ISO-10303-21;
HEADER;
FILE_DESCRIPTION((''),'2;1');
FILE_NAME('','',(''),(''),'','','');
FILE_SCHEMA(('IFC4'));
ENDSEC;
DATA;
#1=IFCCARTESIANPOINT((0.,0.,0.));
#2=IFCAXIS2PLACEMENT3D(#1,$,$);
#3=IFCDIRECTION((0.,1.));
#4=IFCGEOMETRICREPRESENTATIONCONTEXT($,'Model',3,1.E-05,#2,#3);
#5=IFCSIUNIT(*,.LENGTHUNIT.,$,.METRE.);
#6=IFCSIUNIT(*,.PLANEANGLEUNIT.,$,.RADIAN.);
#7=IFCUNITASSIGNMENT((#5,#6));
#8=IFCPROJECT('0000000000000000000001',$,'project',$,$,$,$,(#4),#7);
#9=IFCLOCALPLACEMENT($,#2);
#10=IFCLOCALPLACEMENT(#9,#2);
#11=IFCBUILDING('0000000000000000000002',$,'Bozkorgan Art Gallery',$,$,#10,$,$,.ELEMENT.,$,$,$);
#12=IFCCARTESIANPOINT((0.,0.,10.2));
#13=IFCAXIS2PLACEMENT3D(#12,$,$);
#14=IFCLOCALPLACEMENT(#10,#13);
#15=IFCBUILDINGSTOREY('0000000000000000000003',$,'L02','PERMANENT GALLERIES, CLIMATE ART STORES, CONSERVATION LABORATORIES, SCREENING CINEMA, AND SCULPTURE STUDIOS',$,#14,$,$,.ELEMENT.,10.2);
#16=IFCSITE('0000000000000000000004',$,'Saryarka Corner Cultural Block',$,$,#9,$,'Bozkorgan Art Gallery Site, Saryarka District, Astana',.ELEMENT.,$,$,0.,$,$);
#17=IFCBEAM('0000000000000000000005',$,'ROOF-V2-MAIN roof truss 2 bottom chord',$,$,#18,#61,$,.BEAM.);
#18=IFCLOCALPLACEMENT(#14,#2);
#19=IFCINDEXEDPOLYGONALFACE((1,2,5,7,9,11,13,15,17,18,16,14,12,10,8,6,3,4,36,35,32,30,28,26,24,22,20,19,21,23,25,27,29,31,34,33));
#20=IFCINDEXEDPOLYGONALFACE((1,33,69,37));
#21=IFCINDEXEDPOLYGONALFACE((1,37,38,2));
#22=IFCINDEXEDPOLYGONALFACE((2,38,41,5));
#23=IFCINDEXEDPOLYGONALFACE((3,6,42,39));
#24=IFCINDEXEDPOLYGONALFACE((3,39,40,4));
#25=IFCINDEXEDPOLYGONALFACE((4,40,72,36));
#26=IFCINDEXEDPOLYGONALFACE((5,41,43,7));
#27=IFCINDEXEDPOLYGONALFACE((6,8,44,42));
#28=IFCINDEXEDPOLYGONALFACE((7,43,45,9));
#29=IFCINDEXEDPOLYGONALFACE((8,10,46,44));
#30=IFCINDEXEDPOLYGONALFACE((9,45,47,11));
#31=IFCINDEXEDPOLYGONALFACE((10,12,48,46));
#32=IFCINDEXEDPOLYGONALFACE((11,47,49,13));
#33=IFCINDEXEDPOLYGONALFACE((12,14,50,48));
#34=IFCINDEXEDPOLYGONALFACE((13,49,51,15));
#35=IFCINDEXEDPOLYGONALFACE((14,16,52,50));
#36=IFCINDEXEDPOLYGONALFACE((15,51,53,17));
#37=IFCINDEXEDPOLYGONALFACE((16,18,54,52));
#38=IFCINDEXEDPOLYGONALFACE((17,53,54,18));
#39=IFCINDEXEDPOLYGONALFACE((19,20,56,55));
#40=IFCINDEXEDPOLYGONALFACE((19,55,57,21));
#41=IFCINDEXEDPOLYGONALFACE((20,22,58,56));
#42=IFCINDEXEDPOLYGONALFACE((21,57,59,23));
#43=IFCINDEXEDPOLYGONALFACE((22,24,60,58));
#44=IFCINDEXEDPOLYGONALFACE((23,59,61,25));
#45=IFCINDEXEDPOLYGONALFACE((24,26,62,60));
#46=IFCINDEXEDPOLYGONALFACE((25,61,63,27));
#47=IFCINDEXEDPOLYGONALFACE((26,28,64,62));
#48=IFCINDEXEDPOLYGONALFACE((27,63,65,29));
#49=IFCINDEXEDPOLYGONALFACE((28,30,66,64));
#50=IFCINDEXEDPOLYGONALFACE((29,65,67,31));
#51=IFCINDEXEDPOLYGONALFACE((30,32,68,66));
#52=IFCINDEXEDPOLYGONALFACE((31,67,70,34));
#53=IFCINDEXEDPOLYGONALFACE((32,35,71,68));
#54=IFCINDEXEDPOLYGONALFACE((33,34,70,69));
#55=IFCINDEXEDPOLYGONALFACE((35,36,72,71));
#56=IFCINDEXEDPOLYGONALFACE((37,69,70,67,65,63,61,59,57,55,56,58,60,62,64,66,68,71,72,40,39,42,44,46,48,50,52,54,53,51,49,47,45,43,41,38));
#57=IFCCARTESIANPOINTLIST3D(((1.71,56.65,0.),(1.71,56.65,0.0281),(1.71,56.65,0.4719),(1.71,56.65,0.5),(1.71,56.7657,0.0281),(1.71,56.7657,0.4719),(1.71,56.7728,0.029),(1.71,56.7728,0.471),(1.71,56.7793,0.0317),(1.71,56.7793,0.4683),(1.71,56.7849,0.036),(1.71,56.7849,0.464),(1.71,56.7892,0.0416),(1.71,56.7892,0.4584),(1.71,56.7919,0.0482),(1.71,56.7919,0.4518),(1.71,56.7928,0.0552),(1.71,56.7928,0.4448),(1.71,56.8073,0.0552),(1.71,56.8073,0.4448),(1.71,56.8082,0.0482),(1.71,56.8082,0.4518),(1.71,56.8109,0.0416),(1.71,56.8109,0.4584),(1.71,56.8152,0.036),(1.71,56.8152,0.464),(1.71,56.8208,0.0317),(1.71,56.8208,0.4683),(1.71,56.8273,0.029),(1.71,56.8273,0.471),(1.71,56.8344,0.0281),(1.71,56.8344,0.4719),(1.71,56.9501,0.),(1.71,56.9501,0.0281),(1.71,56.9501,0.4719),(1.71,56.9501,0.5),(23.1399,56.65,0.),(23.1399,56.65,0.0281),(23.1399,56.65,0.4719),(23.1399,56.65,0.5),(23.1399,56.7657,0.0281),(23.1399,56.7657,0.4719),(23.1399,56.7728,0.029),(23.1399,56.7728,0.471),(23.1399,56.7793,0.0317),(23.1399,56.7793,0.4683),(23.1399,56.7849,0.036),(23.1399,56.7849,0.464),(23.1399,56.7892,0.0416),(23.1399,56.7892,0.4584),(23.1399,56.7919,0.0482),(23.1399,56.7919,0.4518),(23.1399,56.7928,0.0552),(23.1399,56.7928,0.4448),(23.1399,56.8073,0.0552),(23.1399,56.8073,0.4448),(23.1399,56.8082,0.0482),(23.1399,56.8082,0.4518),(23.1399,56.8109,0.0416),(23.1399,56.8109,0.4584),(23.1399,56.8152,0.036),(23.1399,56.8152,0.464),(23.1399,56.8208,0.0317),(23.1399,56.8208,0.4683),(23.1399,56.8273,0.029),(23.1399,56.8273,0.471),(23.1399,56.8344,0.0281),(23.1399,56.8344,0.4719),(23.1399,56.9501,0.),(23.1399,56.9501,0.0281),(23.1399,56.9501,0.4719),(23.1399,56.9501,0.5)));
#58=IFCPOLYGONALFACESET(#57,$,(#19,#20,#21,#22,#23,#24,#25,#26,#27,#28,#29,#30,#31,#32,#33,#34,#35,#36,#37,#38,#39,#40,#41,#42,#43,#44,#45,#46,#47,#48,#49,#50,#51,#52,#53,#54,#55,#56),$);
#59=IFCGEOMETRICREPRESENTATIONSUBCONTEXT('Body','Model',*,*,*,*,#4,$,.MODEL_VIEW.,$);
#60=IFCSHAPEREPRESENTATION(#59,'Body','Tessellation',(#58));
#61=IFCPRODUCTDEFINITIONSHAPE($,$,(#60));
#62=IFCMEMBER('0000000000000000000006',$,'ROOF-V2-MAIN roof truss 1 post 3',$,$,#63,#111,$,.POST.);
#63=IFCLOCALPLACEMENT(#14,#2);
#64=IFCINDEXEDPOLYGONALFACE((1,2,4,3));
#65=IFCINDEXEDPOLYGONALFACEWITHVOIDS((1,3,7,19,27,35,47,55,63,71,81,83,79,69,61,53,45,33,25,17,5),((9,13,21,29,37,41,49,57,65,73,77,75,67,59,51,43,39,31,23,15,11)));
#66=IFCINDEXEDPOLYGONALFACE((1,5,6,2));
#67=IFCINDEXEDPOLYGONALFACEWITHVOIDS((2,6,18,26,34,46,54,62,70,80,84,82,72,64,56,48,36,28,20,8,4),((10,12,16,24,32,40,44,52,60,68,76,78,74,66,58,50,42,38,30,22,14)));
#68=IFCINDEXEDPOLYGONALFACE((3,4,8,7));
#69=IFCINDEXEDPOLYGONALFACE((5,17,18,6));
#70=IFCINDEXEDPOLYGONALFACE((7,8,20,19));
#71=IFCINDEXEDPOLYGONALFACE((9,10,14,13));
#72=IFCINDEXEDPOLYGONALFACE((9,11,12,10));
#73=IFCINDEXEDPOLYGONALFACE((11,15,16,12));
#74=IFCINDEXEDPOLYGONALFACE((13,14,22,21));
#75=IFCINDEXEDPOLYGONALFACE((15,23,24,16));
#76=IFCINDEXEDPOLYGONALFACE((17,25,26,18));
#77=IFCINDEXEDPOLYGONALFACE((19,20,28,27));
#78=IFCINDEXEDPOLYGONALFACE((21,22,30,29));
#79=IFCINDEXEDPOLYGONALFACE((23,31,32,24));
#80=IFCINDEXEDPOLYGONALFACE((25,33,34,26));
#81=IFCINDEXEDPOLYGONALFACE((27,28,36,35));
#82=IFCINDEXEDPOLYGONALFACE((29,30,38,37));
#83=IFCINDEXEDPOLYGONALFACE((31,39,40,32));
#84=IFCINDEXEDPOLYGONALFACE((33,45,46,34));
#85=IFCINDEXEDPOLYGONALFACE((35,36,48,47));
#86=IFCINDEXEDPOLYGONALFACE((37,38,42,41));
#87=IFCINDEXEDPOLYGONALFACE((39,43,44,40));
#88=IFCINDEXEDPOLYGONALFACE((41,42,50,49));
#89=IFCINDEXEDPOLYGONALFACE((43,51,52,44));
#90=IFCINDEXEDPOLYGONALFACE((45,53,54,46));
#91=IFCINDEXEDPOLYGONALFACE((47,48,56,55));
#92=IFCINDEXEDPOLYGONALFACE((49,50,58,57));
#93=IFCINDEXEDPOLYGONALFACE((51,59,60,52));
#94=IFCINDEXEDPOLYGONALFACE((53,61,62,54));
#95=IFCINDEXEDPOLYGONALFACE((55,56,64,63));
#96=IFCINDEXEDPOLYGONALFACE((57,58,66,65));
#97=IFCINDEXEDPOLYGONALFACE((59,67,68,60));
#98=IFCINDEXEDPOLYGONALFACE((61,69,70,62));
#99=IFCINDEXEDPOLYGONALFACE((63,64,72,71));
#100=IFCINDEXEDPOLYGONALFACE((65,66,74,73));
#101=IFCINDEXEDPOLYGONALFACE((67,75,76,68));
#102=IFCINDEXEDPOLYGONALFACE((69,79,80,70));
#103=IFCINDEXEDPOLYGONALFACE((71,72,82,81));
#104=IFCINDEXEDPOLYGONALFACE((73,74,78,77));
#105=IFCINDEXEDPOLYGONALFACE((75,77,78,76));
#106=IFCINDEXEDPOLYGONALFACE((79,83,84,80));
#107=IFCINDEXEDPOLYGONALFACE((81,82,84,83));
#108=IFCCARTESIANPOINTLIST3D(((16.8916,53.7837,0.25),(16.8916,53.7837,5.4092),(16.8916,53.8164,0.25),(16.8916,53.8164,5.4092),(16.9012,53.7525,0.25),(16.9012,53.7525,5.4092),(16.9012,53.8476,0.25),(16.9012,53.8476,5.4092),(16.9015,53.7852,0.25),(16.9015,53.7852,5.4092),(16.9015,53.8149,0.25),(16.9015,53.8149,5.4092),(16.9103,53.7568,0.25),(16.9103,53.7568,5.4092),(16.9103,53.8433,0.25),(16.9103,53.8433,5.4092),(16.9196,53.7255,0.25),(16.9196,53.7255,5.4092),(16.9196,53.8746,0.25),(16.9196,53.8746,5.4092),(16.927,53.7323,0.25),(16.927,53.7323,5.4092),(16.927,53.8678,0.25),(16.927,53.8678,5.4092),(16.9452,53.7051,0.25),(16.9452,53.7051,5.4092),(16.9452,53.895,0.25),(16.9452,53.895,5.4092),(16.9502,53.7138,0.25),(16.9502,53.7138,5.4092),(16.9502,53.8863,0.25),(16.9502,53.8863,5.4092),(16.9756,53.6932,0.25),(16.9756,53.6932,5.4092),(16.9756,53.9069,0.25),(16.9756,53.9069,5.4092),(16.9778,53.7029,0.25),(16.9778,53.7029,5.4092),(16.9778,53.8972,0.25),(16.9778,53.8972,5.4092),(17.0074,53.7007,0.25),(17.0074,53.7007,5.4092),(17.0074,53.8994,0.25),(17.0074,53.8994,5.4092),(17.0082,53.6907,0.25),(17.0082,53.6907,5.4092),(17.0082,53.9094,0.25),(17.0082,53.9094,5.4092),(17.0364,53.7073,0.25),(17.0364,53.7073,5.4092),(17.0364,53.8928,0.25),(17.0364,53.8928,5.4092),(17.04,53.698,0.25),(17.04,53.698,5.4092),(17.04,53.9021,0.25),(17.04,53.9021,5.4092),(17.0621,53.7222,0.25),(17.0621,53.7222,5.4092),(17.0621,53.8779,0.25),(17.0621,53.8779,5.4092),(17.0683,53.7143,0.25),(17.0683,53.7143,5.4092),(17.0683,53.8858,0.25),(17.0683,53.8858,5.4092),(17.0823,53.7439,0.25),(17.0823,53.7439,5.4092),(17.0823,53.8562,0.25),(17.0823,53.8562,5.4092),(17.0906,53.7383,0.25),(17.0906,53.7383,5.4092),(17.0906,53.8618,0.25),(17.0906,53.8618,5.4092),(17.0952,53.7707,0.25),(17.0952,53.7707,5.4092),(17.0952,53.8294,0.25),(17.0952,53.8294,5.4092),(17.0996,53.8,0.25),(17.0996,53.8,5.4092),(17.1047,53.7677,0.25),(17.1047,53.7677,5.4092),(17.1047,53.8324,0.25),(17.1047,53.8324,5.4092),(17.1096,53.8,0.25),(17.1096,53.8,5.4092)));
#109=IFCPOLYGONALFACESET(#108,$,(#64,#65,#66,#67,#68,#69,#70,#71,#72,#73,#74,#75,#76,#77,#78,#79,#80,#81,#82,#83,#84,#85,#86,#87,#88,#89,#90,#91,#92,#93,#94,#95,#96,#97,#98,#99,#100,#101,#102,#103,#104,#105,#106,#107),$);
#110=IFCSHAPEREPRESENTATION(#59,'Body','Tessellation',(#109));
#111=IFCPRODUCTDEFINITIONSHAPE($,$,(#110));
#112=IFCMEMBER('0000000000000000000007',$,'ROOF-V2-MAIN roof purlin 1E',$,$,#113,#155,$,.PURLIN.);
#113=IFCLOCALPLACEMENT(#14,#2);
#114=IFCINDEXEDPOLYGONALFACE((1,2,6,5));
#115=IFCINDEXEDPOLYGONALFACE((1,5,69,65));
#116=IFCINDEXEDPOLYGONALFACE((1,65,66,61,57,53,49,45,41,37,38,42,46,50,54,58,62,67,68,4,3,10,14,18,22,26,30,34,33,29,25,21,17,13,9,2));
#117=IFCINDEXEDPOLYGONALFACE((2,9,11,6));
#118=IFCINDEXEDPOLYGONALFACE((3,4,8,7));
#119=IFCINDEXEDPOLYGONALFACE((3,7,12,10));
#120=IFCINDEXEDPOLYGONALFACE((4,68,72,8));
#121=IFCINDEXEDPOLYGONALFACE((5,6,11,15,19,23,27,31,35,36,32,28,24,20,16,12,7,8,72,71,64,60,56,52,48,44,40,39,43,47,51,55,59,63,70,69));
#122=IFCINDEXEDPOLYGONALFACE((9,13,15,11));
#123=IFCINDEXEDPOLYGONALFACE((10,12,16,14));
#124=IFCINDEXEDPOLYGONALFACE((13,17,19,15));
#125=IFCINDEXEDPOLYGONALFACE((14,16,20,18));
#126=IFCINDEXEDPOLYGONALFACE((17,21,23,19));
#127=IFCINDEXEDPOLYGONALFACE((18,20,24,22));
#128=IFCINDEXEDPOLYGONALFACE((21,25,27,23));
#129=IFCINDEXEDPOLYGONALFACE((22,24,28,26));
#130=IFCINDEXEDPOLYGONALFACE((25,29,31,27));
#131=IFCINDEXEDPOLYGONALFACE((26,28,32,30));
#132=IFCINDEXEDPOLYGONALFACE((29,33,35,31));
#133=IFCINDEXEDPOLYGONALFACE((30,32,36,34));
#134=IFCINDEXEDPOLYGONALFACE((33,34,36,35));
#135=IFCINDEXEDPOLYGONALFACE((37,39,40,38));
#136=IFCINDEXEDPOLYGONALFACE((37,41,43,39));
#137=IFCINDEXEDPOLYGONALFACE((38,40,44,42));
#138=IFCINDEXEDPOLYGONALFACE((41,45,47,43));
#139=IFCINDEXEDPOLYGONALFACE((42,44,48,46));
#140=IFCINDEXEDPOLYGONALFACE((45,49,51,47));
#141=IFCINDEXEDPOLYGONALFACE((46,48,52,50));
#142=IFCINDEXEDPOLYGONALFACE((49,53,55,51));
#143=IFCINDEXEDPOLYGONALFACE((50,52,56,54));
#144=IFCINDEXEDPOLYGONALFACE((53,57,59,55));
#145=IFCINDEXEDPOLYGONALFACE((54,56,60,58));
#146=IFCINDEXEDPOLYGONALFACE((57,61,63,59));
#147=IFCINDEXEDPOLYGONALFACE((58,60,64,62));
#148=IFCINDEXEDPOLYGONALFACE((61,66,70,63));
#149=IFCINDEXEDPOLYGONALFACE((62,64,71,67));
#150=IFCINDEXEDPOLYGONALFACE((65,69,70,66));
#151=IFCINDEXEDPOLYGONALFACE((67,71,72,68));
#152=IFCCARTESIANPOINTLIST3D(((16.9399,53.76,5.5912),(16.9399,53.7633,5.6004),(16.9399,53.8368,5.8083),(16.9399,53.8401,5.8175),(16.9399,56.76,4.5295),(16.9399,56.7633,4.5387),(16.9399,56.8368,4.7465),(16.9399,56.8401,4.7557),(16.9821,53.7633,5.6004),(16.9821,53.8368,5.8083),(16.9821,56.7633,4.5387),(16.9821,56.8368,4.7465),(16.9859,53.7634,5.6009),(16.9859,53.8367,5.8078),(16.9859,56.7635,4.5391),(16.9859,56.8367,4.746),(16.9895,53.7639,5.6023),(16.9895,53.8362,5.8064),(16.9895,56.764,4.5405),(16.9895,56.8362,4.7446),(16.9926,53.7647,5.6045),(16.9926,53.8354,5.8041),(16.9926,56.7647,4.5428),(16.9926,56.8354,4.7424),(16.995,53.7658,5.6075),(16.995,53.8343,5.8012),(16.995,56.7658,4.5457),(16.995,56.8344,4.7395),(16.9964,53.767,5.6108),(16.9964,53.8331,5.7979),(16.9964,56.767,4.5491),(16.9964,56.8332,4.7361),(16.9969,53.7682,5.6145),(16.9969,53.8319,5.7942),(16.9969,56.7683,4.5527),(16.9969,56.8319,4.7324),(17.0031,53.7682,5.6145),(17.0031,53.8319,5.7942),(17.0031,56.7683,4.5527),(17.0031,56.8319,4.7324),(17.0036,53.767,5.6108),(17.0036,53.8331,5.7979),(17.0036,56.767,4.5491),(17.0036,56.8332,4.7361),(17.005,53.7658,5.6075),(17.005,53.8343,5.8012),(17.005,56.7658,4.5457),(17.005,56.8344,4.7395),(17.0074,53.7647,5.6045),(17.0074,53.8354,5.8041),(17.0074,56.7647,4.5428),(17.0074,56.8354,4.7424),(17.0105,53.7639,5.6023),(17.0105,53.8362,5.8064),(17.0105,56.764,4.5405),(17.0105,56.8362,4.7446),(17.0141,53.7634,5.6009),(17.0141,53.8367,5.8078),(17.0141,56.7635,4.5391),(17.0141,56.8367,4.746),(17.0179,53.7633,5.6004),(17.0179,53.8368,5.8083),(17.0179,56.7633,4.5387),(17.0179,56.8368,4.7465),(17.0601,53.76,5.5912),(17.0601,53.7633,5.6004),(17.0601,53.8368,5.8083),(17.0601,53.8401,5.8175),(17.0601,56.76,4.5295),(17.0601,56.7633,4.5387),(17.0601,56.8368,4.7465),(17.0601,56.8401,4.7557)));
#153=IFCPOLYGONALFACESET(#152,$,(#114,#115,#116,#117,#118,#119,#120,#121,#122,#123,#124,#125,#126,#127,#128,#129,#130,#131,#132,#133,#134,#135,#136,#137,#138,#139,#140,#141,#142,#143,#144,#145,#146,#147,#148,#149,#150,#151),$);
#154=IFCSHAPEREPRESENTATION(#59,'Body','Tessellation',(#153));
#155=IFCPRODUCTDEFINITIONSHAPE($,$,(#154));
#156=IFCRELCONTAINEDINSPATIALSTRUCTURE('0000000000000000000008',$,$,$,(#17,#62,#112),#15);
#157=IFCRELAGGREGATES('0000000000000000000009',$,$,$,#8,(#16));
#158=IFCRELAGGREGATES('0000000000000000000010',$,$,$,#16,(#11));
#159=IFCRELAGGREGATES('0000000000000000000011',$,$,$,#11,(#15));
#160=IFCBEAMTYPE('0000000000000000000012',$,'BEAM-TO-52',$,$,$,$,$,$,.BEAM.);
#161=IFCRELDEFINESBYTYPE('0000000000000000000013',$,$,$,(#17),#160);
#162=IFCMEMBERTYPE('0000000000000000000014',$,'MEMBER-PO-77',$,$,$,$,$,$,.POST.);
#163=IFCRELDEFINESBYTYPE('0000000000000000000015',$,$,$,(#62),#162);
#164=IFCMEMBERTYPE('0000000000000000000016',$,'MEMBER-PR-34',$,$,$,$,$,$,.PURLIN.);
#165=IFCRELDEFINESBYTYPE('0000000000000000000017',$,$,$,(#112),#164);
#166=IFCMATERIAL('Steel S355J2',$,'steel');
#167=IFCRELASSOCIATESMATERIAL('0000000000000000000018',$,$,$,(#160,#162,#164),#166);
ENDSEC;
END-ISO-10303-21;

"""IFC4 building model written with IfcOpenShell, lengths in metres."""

from ifc_helpers import new_model, si_unit, direction, frame, origin, origin_2d, place, context, subcontext, project, spatial, hollow_circle, i_section, extrude, material, material_profile, profile_set, type_object, element, save


model = new_model("IFC4")

# Units and contexts
model_context = context("Model", 3, precision=1e-05, world=origin(), true_north=direction((0.0, 1.0)))
body_context = subcontext(model_context, "Body", "Model", "MODEL_VIEW")
ifc_project = project(units=[si_unit("LENGTHUNIT", "METRE"), si_unit("PLANEANGLEUNIT", "RADIAN")], contexts=[model_context])

# Site, building, storey
site_placement = place(None, origin())
site = spatial("IfcSite", under=ifc_project, at=site_placement, Name="Saryarka Corner Cultural Block", LongName="Bozkorgan Art Gallery Site, Saryarka District, Astana", CompositionType="ELEMENT", RefElevation=0.0)
building_placement = place(site_placement, origin())
building = spatial("IfcBuilding", under=site, at=building_placement, Name="Bozkorgan Art Gallery", CompositionType="ELEMENT")
storey_placement = place(building_placement, frame((0.0, 0.0, 10.2)))
storey = spatial("IfcBuildingStorey", under=building, at=storey_placement, Name="L02", Description="PERMANENT GALLERIES, CLIMATE ART STORES, CONSERVATION LABORATORIES, SCREENING CINEMA, AND SCULPTURE STUDIOS", CompositionType="ELEMENT", Elevation=10.2)

# Beam
ifc_material_1 = material(Name="Steel S355J2", Category="steel")
ifc_material_profile_1 = material_profile(ifc_material_1, i_section(OverallWidth=0.3, OverallDepth=0.5, WebThickness=0.0144, FlangeThickness=0.0281, FilletRadius=0.0271, at=origin_2d()), Name="HEB 500")
ifc_profile_set_1 = profile_set([ifc_material_profile_1], Name="Steel S355J2")
beam_type = type_object("IfcBeamType", Name="BEAM-TO-52", PredefinedType="BEAM", material=ifc_profile_set_1)
beam_placement = place(storey_placement, frame((1.71, 56.8, 0.25), z_axis=(1.0, 0.0, 0.0), x_axis=(0.0, 1.0, 0.0)))
element("IfcBeam", 1, at=beam_placement, inside=storey, type_object=beam_type, Name="ROOF-V2-MAIN roof truss 2 bottom chord", PredefinedType="BEAM", context=body_context, shape_type="SweptSolid", body=[
    extrude(i_section(OverallWidth=0.3, OverallDepth=0.5, WebThickness=0.0144, FlangeThickness=0.0281, FilletRadius=0.0271, at=origin_2d()), origin(), (0.0, 0.0, 1.0), 21.4299),
])

# Members
ifc_material_profile_2 = material_profile(ifc_material_1, hollow_circle(Radius=0.1096, WallThickness=0.01, at=origin_2d()), Name="CHS 219.1x10")
ifc_profile_set_2 = profile_set([ifc_material_profile_2], Name="Steel S355J2")
member_type_1 = type_object("IfcMemberType", Name="MEMBER-PO-77", PredefinedType="POST", material=ifc_profile_set_2)
member_1_placement = place(storey_placement, frame((17.0, 53.8, 0.25), z_axis=(0.0, 0.0, 1.0), x_axis=(1.0, 0.0, 0.0)))
element("IfcMember", 2, at=member_1_placement, inside=storey, type_object=member_type_1, Name="ROOF-V2-MAIN roof truss 1 post 3", PredefinedType="POST", context=body_context, shape_type="SweptSolid", body=[
    extrude(hollow_circle(Radius=0.1096, WallThickness=0.01, at=origin_2d()), origin(), (0.0, 0.0, 1.0), 5.1592),
])
ifc_material_profile_3 = material_profile(ifc_material_1, i_section(OverallWidth=0.1201, OverallDepth=0.24, WebThickness=0.0061, FlangeThickness=0.0098, FilletRadius=0.0149, at=origin_2d()), Name="IPE 240")
ifc_profile_set_3 = profile_set([ifc_material_profile_3], Name="Steel S355J2")
member_type_2 = type_object("IfcMemberType", Name="MEMBER-PR-34", PredefinedType="PURLIN", material=ifc_profile_set_3)
member_2_placement = place(storey_placement, frame((17.0, 53.8, 5.7043), z_axis=(0.0, 0.9427, -0.333643), x_axis=(-1.0, 0.0, 0.0)))
element("IfcMember", 3, at=member_2_placement, inside=storey, type_object=member_type_2, Name="ROOF-V2-MAIN roof purlin 1E", PredefinedType="PURLIN", context=body_context, shape_type="SweptSolid", body=[
    extrude(i_section(OverallWidth=0.1201, OverallDepth=0.24, WebThickness=0.0061, FlangeThickness=0.0098, FilletRadius=0.0149, at=origin_2d()), origin(), (0.0, 0.0, 1.0), 3.1824),
])

save(model, "model.ifc")
